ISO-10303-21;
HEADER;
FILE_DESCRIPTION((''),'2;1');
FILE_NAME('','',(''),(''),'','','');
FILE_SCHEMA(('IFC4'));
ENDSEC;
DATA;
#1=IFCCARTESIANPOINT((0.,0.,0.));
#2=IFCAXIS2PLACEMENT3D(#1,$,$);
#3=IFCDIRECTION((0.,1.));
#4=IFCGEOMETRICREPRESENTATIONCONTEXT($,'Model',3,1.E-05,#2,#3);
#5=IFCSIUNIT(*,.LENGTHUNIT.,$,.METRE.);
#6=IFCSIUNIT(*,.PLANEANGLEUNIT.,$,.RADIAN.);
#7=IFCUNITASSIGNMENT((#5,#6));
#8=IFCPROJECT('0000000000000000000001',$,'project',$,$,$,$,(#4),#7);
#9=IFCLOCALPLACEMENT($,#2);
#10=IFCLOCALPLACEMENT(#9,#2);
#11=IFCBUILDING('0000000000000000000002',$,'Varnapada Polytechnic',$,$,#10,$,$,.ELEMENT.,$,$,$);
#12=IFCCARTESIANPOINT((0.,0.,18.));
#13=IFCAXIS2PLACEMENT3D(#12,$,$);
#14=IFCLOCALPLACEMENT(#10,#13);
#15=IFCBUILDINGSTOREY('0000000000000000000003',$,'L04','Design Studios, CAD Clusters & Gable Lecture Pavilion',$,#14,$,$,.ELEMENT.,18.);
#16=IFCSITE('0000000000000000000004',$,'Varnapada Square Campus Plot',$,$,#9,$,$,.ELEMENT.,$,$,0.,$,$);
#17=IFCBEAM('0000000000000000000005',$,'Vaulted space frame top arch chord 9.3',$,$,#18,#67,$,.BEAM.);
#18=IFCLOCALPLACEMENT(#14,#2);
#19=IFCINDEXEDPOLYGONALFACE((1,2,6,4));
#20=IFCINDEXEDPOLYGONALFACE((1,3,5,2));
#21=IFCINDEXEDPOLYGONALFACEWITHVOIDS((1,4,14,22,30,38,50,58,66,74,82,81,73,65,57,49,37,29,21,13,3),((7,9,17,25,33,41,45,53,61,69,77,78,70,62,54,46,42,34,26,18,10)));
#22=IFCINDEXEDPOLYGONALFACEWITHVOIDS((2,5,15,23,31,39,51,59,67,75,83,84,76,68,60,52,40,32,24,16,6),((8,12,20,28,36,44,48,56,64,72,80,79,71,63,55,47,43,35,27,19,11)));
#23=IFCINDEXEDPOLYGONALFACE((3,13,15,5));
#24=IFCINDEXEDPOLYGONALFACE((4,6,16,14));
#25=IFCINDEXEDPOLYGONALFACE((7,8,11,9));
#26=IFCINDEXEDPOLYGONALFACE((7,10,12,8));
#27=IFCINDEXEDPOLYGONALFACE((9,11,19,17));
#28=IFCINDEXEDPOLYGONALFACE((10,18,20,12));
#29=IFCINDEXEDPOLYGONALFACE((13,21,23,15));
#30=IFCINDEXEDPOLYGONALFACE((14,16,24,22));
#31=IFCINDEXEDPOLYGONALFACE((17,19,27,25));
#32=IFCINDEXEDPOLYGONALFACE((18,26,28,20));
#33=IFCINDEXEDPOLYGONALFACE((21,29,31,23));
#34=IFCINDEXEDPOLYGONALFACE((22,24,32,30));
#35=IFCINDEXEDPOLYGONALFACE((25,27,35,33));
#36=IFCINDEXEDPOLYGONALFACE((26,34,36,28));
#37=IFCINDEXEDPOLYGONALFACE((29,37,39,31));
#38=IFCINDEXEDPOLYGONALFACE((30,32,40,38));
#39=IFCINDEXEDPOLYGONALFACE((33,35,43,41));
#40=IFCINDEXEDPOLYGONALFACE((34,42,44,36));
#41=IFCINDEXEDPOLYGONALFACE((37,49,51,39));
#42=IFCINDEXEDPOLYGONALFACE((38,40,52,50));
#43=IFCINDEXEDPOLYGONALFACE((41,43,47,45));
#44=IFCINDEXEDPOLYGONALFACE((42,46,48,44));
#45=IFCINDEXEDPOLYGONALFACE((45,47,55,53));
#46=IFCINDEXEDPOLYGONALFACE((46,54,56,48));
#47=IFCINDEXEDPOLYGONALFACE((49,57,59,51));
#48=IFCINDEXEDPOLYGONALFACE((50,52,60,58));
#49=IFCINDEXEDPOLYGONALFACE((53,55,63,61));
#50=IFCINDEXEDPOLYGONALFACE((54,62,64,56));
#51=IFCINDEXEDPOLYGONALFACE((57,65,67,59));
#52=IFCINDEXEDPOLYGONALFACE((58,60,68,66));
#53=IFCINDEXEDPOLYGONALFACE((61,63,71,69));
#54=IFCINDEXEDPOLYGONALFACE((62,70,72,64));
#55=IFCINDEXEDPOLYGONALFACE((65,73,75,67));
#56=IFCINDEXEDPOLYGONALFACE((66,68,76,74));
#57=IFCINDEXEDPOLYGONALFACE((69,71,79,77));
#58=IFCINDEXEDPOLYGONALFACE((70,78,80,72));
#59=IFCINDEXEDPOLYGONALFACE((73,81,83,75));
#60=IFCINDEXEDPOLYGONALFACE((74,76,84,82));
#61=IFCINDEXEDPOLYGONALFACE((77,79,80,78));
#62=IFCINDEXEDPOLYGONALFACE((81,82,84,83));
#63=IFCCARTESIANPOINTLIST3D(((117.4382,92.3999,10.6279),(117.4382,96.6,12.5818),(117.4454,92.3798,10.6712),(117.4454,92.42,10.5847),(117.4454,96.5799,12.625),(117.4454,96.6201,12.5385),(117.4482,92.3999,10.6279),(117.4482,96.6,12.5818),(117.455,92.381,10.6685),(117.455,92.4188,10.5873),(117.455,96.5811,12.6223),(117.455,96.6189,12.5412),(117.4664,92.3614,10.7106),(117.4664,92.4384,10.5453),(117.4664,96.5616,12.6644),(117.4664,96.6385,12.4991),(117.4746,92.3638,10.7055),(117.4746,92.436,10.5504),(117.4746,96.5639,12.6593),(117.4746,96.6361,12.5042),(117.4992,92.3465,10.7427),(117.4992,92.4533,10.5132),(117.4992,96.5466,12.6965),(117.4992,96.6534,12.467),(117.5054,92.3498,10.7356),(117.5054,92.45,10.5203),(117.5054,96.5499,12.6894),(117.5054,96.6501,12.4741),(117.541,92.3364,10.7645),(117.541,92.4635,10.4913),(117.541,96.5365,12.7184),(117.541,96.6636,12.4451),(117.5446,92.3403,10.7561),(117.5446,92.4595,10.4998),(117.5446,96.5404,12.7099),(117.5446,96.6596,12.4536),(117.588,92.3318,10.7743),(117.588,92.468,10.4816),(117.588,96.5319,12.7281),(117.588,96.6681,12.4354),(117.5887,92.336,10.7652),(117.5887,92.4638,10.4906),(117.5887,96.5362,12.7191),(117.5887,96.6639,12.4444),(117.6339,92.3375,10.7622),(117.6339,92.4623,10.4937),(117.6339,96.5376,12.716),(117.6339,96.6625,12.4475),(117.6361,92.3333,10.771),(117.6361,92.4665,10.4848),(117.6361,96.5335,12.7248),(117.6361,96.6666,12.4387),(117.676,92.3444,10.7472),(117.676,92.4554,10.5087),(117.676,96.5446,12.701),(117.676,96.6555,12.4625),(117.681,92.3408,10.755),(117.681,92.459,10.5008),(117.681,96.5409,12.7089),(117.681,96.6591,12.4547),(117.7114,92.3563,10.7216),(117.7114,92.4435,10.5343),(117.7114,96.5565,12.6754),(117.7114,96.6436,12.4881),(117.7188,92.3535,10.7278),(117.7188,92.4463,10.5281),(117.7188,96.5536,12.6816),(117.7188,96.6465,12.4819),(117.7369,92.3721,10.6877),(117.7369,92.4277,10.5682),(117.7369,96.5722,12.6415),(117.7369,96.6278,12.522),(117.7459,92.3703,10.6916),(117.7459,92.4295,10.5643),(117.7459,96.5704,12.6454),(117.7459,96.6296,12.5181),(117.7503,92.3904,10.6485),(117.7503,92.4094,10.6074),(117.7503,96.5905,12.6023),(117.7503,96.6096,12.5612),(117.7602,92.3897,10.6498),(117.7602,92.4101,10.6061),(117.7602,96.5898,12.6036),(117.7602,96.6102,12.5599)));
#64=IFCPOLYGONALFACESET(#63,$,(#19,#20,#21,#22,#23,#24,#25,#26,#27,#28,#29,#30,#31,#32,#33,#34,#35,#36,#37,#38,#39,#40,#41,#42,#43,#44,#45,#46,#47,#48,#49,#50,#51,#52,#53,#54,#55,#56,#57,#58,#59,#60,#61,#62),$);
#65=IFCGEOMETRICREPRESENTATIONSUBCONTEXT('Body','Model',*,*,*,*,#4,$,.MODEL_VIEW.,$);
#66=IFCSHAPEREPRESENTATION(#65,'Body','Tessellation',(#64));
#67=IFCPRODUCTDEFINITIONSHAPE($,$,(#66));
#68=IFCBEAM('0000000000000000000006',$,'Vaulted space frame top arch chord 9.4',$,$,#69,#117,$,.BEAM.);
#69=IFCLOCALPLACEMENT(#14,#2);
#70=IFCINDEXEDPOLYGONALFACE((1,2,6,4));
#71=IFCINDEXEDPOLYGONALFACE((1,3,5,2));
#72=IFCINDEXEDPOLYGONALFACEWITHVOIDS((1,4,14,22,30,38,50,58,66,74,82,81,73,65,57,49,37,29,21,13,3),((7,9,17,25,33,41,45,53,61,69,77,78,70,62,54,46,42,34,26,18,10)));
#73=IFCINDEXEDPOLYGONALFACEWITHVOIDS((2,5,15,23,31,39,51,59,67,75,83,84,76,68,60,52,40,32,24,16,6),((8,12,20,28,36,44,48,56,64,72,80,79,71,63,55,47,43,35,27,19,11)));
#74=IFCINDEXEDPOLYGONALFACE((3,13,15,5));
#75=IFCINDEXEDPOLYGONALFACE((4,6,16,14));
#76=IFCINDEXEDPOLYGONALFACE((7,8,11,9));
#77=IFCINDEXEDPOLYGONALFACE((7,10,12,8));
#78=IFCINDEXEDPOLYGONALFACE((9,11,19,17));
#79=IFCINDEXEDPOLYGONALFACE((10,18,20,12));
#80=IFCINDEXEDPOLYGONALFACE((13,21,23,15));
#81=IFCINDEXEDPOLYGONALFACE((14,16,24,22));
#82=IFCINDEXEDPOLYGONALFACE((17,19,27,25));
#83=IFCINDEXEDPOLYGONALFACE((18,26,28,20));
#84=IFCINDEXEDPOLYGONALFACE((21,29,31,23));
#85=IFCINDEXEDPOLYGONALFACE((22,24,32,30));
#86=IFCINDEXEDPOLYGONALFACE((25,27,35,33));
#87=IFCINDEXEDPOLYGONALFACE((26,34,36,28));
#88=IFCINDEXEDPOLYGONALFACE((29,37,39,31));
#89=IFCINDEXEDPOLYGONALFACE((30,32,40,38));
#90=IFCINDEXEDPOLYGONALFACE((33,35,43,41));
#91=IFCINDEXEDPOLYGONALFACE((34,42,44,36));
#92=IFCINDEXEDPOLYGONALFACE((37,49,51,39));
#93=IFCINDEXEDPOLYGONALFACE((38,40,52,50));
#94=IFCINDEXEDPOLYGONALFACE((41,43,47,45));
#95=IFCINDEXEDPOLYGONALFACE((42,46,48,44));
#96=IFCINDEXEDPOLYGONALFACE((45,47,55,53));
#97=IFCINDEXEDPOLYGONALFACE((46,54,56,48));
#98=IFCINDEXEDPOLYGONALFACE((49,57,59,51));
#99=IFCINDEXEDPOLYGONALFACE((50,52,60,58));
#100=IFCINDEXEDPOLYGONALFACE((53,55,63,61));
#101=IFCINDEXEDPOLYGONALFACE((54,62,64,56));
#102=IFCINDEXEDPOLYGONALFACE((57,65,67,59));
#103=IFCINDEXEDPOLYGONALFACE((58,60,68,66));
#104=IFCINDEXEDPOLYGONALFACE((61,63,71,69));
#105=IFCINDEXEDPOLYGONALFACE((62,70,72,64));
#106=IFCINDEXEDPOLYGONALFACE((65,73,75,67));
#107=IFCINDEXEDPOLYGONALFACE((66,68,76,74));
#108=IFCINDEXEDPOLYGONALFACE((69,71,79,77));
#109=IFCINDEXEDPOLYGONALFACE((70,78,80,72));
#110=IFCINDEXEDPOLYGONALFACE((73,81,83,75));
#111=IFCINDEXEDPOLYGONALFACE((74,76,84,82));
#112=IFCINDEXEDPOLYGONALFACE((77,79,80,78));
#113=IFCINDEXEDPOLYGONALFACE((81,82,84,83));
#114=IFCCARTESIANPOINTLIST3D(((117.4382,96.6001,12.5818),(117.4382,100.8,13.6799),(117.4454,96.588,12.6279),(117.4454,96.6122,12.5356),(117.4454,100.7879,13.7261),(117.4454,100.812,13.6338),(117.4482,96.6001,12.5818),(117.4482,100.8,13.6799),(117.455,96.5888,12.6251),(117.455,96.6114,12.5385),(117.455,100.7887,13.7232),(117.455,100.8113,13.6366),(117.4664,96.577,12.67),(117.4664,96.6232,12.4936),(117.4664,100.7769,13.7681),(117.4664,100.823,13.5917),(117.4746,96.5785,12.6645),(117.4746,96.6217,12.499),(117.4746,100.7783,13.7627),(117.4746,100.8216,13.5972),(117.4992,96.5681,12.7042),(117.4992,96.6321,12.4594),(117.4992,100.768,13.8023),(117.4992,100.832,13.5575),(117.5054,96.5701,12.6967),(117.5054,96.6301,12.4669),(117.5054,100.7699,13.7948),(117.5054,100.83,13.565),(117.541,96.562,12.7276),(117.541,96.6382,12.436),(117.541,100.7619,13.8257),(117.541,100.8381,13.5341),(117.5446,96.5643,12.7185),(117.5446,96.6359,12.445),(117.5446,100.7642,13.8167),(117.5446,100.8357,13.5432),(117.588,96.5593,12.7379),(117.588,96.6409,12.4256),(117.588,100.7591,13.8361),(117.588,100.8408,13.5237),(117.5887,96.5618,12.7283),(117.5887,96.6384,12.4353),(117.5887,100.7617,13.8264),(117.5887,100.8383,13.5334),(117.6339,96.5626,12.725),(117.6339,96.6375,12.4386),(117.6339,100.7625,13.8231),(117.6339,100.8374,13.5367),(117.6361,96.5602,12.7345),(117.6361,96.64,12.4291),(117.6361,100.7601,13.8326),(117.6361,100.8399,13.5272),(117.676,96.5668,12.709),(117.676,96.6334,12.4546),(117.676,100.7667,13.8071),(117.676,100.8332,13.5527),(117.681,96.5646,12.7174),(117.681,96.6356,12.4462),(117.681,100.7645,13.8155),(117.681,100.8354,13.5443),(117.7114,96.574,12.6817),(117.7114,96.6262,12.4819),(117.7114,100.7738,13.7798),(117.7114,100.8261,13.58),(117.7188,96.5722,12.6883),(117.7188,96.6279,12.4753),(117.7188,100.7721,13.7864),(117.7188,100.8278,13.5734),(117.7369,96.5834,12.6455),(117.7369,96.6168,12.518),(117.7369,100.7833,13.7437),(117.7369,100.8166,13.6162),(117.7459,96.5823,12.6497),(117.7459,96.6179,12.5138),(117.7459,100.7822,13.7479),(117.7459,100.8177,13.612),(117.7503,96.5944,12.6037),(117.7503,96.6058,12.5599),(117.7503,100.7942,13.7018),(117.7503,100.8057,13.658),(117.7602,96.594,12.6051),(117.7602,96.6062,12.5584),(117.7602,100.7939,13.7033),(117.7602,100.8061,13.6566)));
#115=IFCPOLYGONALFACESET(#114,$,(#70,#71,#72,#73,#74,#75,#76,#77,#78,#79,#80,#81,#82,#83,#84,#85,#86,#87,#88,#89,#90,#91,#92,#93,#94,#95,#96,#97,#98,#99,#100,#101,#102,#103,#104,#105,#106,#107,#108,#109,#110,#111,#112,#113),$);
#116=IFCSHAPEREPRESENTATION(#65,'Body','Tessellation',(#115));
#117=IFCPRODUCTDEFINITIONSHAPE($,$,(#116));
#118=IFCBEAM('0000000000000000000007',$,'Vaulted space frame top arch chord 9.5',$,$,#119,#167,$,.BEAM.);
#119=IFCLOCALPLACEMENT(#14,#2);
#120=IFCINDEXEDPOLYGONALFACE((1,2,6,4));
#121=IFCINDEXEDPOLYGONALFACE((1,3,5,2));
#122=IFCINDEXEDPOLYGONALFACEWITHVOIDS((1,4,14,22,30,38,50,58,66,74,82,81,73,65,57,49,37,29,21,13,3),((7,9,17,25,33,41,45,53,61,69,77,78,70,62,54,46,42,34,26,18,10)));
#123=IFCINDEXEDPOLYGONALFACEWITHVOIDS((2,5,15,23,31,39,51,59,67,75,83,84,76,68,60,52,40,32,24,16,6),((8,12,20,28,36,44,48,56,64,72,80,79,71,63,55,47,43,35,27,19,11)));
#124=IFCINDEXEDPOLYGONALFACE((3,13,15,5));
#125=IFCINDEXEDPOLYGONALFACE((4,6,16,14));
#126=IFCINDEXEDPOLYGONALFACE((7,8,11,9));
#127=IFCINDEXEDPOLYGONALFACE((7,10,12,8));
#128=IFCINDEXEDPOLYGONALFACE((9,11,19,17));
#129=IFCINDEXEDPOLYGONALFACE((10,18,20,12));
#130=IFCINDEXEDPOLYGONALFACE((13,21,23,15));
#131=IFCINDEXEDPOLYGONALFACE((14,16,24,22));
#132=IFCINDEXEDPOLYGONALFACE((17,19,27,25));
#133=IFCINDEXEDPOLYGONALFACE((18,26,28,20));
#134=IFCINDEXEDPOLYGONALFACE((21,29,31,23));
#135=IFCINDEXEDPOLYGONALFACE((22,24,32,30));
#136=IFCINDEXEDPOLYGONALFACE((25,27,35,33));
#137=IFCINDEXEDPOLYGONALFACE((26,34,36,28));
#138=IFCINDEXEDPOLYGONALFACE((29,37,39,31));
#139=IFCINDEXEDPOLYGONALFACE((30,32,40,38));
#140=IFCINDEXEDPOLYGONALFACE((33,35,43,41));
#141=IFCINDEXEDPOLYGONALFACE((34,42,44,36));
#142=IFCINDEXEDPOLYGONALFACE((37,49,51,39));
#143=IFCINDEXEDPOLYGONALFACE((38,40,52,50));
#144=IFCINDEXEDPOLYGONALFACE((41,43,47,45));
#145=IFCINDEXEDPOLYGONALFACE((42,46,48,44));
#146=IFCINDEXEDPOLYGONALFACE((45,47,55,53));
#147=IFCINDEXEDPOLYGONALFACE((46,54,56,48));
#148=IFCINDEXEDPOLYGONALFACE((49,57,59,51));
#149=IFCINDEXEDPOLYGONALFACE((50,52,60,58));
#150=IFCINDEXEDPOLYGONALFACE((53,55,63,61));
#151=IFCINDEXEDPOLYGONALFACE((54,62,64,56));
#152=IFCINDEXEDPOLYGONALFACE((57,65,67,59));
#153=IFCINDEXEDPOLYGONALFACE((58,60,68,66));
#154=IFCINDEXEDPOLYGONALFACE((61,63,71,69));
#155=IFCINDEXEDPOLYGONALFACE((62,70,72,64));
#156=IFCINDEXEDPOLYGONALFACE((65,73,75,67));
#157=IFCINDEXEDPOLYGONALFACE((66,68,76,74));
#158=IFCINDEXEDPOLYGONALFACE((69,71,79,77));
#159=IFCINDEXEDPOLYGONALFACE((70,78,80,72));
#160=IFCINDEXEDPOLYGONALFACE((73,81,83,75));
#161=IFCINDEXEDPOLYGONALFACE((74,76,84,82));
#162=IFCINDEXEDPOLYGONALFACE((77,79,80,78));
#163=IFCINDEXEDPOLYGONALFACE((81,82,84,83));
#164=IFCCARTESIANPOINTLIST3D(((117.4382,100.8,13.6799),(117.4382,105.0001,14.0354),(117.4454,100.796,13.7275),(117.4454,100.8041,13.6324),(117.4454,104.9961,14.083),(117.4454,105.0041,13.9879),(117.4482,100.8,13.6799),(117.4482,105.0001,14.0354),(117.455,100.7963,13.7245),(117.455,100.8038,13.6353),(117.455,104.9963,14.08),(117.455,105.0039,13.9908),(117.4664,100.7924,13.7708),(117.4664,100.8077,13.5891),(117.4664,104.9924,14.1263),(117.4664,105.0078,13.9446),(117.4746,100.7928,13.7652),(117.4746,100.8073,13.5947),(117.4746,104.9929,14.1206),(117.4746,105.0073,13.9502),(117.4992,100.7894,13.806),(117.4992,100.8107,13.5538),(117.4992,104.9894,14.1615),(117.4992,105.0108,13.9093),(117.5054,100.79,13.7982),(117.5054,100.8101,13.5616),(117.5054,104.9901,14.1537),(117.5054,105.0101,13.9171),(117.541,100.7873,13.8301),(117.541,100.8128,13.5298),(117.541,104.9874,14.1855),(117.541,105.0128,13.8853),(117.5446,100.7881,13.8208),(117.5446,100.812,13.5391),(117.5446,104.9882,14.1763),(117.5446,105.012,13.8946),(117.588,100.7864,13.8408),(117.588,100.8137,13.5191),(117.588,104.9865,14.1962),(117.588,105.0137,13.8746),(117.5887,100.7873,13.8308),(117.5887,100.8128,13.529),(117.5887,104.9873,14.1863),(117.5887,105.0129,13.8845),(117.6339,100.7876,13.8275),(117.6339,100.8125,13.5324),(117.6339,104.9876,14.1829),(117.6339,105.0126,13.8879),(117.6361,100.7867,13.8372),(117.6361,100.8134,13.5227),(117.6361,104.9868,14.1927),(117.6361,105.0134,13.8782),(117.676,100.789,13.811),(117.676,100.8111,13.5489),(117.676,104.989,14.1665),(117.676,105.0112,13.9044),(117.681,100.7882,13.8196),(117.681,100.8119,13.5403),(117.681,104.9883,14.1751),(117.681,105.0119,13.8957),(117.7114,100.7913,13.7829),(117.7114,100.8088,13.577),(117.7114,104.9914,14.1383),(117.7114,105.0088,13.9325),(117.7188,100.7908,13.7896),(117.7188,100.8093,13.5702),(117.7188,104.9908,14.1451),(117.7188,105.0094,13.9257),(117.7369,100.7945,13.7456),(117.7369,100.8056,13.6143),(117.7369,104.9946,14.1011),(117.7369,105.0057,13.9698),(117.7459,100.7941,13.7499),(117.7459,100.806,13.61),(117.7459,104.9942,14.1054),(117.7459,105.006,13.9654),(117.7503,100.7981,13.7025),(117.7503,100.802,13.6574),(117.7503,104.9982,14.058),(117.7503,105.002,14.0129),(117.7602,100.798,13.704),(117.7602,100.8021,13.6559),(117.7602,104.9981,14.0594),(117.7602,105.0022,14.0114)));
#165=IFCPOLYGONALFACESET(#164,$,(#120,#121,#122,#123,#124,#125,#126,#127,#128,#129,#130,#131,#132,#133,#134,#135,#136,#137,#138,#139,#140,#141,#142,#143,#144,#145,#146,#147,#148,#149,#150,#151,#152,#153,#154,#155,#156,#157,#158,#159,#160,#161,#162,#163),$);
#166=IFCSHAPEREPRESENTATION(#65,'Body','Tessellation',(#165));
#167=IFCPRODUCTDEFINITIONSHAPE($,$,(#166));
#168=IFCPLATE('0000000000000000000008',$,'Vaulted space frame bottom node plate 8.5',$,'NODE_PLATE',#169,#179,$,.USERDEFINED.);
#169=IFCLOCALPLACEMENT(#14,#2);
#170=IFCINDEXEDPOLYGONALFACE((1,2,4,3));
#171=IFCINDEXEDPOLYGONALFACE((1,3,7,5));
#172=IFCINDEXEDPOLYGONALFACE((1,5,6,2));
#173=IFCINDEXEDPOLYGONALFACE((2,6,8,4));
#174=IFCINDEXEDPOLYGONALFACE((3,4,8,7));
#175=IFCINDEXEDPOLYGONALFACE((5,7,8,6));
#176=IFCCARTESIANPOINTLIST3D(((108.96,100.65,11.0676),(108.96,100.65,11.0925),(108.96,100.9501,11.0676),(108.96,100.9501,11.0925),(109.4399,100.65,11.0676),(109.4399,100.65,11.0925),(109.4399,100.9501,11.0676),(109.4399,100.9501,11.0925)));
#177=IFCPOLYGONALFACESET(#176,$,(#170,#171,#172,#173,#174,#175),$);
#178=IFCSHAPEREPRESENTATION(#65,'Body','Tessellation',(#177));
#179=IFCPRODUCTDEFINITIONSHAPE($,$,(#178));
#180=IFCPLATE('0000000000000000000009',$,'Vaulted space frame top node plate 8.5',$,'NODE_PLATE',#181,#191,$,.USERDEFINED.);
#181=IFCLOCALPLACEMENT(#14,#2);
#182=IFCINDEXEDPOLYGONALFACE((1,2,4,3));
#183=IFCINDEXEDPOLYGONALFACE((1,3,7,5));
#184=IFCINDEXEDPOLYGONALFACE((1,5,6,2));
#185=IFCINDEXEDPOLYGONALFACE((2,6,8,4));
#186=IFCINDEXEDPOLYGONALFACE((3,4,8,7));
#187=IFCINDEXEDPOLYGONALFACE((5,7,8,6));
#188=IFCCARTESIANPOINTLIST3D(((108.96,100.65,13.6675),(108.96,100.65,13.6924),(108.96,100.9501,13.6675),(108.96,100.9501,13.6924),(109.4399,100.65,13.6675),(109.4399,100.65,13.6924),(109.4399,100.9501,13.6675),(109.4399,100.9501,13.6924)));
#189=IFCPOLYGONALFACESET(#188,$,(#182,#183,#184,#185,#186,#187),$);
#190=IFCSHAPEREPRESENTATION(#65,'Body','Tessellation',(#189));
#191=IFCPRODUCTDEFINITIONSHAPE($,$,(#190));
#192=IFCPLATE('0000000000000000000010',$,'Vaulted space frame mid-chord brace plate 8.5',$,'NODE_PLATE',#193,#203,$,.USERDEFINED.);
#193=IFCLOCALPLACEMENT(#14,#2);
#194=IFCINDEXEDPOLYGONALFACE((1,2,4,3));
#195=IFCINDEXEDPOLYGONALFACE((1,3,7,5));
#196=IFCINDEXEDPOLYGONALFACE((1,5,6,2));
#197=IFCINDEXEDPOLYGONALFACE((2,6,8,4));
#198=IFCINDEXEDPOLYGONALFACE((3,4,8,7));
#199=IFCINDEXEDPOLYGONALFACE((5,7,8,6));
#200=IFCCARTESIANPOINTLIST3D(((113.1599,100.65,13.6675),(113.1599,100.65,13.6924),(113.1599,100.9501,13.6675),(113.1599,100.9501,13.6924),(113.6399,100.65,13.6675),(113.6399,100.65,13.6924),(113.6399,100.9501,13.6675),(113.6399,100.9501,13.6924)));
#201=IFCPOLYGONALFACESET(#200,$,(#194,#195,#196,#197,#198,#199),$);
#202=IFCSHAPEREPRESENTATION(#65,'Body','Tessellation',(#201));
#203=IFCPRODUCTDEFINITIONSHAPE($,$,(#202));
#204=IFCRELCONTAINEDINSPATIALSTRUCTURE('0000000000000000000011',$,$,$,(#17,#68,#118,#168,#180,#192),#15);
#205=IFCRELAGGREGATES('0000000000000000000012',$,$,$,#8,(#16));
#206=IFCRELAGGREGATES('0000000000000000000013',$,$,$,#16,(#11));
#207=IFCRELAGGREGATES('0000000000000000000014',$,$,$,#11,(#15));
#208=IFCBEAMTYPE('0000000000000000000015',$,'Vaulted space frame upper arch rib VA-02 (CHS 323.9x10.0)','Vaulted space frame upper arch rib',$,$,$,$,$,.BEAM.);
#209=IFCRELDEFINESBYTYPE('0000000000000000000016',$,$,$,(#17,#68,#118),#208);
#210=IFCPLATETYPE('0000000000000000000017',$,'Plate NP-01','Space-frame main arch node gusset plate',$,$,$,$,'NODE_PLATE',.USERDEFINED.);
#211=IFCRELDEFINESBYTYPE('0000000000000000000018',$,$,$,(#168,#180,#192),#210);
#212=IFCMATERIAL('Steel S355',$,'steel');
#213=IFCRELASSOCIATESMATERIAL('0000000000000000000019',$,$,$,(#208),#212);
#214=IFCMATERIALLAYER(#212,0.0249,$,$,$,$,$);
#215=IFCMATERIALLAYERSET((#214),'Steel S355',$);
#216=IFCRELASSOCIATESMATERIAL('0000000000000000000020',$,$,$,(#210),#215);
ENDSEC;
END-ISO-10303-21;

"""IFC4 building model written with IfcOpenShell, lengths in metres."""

from ifc_helpers import new_model, si_unit, direction, frame, origin, origin_2d, place, context, subcontext, project, spatial, rectangle, hollow_circle, extrude, material, layer, layer_set, material_profile, profile_set, type_object, element, save


model = new_model("IFC4")

# Units and contexts
model_context = context("Model", 3, precision=1e-05, world=origin(), true_north=direction((0.0, 1.0)))
body_context = subcontext(model_context, "Body", "Model", "MODEL_VIEW")
ifc_project = project(units=[si_unit("LENGTHUNIT", "METRE"), si_unit("PLANEANGLEUNIT", "RADIAN")], contexts=[model_context])

# Site, building, storey
site_placement = place(None, origin())
site = spatial("IfcSite", under=ifc_project, at=site_placement, Name="Varnapada Square Campus Plot", CompositionType="ELEMENT", RefElevation=0.0)
building_placement = place(site_placement, origin())
building = spatial("IfcBuilding", under=site, at=building_placement, Name="Varnapada Polytechnic", CompositionType="ELEMENT")
storey_placement = place(building_placement, frame((0.0, 0.0, 18.0)))
storey = spatial("IfcBuildingStorey", under=building, at=storey_placement, Name="L04", Description="Design Studios, CAD Clusters & Gable Lecture Pavilion", CompositionType="ELEMENT", Elevation=18.0)

# Shared definitions
ifc_material = material(Name="Steel S355", Category="steel")

# Beams
ifc_material_profile_1 = material_profile(ifc_material, hollow_circle(Radius=0.1619, WallThickness=0.01, at=origin_2d()), Name="CHS 323.9x10.0")
ifc_profile_set_1 = profile_set([ifc_material_profile_1], Name="Steel S355")
beam_type_1 = type_object("IfcBeamType", Name="Vaulted space frame upper arch rib VA-02 (CHS 323.9x10.0)", Description="Vaulted space frame upper arch rib", PredefinedType="BEAM", material=ifc_profile_set_1)
beam_1_placement = place(storey_placement, frame((117.6001, 92.3999, 10.6279), z_axis=(0.0, 0.906698, 0.42178), x_axis=(-1.0, 0.0, 0.0)))
element("IfcBeam", 1, at=beam_1_placement, inside=storey, type_object=beam_type_1, Name="Vaulted space frame top arch chord 9.3", PredefinedType="BEAM", context=body_context, shape_type="SweptSolid", body=[
    extrude(hollow_circle(Radius=0.1619, WallThickness=0.01, at=origin_2d()), origin(), (0.0, 0.0, 1.0), 4.6323),
])
beam_2_placement = place(storey_placement, frame((117.6001, 96.6001, 12.5818), z_axis=(0.0, 0.967476, 0.252962), x_axis=(-1.0, 0.0, 0.0)))
element("IfcBeam", 2, at=beam_2_placement, inside=storey, type_object=beam_type_1, Name="Vaulted space frame top arch chord 9.4", PredefinedType="BEAM", context=body_context, shape_type="SweptSolid", body=[
    extrude(hollow_circle(Radius=0.1619, WallThickness=0.01, at=origin_2d()), origin(), (0.0, 0.0, 1.0), 4.3411),
])
beam_3_placement = place(storey_placement, frame((117.6001, 100.8, 13.6799), z_axis=(0.0, 0.996437, 0.084335), x_axis=(-1.0, 0.0, 0.0)))
element("IfcBeam", 3, at=beam_3_placement, inside=storey, type_object=beam_type_1, Name="Vaulted space frame top arch chord 9.5", PredefinedType="BEAM", context=body_context, shape_type="SweptSolid", body=[
    extrude(hollow_circle(Radius=0.1619, WallThickness=0.01, at=origin_2d()), origin(), (0.0, 0.0, 1.0), 4.2151),
])

# Plates
ifc_layer_1 = layer(ifc_material, 0.0249)
ifc_layer_set_1 = layer_set([ifc_layer_1], Name="Steel S355")
plate_type_1 = type_object("IfcPlateType", Name="Plate NP-01", Description="Space-frame main arch node gusset plate", ElementType="NODE_PLATE", PredefinedType="USERDEFINED", material=ifc_layer_set_1)
for number, where, z_axis, x_axis, name in (
    (4, (109.2, 100.8, 11.0676), (0.0, 0.0, 1.0), (1.0, 0.0, 0.0), "Vaulted space frame bottom node plate 8.5"),
    (5, (109.2, 100.8, 13.6675), (0.0, 0.0, 1.0), (1.0, 0.0, 0.0), "Vaulted space frame top node plate 8.5"),
    (6, (113.3999, 100.8, 13.6675), (0.0, 0.0, 1.0), (1.0, 0.0, 0.0), "Vaulted space frame mid-chord brace plate 8.5"),
):
    element("IfcPlate", number, at=place(storey_placement, frame(where, z_axis=z_axis, x_axis=x_axis)), inside=storey, type_object=plate_type_1, Name=name, ObjectType="NODE_PLATE", PredefinedType="USERDEFINED", context=body_context, shape_type="SweptSolid", body=[
        extrude(rectangle(XDim=0.48, YDim=0.3, at=origin_2d()), origin(), (0.0, 0.0, 1.0), 0.0249),
    ])

save(model, "model.ifc")
